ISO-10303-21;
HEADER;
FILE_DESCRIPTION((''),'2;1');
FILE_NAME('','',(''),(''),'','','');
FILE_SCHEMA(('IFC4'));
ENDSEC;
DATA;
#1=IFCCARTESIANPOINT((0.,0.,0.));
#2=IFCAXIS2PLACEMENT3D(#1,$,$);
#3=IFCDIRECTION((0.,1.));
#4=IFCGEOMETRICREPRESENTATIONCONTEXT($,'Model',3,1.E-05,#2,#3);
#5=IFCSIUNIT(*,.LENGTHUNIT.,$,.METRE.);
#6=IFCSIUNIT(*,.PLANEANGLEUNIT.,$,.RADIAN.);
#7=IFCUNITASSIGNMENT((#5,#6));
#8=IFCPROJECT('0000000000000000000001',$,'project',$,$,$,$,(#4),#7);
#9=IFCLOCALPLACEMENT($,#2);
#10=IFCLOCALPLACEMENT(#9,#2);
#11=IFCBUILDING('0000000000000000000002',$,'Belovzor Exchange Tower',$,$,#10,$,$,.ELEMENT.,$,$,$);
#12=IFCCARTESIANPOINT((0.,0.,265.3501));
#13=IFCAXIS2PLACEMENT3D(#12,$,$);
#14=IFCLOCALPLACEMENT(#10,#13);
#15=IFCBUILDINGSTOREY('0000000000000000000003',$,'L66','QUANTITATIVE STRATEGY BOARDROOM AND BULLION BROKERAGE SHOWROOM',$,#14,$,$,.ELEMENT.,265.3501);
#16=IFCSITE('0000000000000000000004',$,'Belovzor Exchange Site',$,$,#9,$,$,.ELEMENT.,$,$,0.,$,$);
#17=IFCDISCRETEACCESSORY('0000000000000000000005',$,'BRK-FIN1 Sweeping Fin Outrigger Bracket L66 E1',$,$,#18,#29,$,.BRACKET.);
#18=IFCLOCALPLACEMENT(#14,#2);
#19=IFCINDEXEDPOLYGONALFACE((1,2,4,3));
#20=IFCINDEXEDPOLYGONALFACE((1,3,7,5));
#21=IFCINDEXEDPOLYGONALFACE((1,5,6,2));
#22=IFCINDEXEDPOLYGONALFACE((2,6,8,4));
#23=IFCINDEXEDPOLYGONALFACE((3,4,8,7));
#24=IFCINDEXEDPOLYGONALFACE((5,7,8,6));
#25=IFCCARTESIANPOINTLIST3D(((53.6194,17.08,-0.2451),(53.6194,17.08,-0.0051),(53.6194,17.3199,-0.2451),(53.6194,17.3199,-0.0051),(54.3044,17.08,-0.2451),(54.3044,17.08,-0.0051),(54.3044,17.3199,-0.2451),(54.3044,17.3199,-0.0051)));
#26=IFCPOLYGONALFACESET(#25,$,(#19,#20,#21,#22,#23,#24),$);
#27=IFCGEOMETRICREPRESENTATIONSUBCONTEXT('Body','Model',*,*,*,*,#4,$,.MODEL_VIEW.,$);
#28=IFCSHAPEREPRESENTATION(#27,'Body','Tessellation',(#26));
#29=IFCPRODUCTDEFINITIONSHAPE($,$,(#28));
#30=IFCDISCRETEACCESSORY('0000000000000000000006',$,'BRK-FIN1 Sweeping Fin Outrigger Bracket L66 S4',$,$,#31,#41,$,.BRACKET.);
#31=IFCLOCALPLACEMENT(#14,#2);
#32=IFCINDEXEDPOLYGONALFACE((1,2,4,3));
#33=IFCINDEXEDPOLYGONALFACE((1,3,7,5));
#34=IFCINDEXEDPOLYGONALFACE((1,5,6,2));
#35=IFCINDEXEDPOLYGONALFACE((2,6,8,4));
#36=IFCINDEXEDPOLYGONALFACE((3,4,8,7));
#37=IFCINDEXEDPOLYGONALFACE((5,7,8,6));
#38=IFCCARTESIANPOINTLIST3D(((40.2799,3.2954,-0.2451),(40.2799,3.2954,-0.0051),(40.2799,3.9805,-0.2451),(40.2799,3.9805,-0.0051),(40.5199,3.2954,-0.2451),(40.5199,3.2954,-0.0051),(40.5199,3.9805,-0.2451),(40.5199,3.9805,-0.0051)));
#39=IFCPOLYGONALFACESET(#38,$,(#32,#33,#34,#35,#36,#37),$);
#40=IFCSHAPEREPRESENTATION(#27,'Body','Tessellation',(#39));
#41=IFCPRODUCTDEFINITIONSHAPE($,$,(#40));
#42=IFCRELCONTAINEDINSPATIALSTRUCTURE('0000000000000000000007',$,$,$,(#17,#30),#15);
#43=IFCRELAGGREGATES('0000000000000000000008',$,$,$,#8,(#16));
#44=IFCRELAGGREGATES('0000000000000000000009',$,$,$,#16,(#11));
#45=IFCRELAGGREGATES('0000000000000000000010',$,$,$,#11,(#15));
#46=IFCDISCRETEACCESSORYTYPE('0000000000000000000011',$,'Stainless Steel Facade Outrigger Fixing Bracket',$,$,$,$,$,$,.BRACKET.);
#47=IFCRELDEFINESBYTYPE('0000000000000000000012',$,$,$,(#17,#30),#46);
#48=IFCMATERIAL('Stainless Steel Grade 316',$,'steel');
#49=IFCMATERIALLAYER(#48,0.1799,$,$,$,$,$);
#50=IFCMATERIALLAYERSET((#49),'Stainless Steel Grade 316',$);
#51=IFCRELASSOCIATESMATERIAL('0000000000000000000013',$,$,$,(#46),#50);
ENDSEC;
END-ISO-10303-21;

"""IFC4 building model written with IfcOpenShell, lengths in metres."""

from ifc_helpers import new_model, si_unit, direction, frame, origin, origin_2d, place, context, subcontext, project, spatial, rectangle, extrude, material, layer, layer_set, type_object, element, save


model = new_model("IFC4")

# Units and contexts
model_context = context("Model", 3, precision=1e-05, world=origin(), true_north=direction((0.0, 1.0)))
body_context = subcontext(model_context, "Body", "Model", "MODEL_VIEW")
ifc_project = project(units=[si_unit("LENGTHUNIT", "METRE"), si_unit("PLANEANGLEUNIT", "RADIAN")], contexts=[model_context])

# Site, building, storey
site_placement = place(None, origin())
site = spatial("IfcSite", under=ifc_project, at=site_placement, Name="Belovzor Exchange Site", CompositionType="ELEMENT", RefElevation=0.0)
building_placement = place(site_placement, origin())
building = spatial("IfcBuilding", under=site, at=building_placement, Name="Belovzor Exchange Tower", CompositionType="ELEMENT")
storey_placement = place(building_placement, frame((0.0, 0.0, 265.3501)))
storey = spatial("IfcBuildingStorey", under=building, at=storey_placement, Name="L66", Description="QUANTITATIVE STRATEGY BOARDROOM AND BULLION BROKERAGE SHOWROOM", CompositionType="ELEMENT", Elevation=265.3501)

# Discrete accessories
ifc_material_1 = material(Name="Stainless Steel Grade 316", Category="steel")
ifc_layer_1 = layer(ifc_material_1, 0.1799)
ifc_layer_set_1 = layer_set([ifc_layer_1], Name="Stainless Steel Grade 316")
discrete_accessory_type = type_object("IfcDiscreteAccessoryType", Name="Stainless Steel Facade Outrigger Fixing Bracket", PredefinedType="BRACKET", material=ifc_layer_set_1)
for number, where, z_axis, x_axis, name in (
    (1, (53.9619, 17.2, -0.2451), (0.0, 0.0, 1.0), (1.0, 0.0, 0.0), "BRK-FIN1 Sweeping Fin Outrigger Bracket L66 E1"),
    (2, (40.3999, 3.6379, -0.2451), (0.0, 0.0, 1.0), (0.0, 1.0, 0.0), "BRK-FIN1 Sweeping Fin Outrigger Bracket L66 S4"),
):
    element("IfcDiscreteAccessory", number, at=place(storey_placement, frame(where, z_axis=z_axis, x_axis=x_axis)), inside=storey, type_object=discrete_accessory_type, Name=name, PredefinedType="BRACKET", context=body_context, shape_type="SweptSolid", body=[
        extrude(rectangle(XDim=0.6851, YDim=0.24, at=origin_2d()), origin(), (0.0, 0.0, 1.0), 0.24),
    ])

save(model, "model.ifc")
